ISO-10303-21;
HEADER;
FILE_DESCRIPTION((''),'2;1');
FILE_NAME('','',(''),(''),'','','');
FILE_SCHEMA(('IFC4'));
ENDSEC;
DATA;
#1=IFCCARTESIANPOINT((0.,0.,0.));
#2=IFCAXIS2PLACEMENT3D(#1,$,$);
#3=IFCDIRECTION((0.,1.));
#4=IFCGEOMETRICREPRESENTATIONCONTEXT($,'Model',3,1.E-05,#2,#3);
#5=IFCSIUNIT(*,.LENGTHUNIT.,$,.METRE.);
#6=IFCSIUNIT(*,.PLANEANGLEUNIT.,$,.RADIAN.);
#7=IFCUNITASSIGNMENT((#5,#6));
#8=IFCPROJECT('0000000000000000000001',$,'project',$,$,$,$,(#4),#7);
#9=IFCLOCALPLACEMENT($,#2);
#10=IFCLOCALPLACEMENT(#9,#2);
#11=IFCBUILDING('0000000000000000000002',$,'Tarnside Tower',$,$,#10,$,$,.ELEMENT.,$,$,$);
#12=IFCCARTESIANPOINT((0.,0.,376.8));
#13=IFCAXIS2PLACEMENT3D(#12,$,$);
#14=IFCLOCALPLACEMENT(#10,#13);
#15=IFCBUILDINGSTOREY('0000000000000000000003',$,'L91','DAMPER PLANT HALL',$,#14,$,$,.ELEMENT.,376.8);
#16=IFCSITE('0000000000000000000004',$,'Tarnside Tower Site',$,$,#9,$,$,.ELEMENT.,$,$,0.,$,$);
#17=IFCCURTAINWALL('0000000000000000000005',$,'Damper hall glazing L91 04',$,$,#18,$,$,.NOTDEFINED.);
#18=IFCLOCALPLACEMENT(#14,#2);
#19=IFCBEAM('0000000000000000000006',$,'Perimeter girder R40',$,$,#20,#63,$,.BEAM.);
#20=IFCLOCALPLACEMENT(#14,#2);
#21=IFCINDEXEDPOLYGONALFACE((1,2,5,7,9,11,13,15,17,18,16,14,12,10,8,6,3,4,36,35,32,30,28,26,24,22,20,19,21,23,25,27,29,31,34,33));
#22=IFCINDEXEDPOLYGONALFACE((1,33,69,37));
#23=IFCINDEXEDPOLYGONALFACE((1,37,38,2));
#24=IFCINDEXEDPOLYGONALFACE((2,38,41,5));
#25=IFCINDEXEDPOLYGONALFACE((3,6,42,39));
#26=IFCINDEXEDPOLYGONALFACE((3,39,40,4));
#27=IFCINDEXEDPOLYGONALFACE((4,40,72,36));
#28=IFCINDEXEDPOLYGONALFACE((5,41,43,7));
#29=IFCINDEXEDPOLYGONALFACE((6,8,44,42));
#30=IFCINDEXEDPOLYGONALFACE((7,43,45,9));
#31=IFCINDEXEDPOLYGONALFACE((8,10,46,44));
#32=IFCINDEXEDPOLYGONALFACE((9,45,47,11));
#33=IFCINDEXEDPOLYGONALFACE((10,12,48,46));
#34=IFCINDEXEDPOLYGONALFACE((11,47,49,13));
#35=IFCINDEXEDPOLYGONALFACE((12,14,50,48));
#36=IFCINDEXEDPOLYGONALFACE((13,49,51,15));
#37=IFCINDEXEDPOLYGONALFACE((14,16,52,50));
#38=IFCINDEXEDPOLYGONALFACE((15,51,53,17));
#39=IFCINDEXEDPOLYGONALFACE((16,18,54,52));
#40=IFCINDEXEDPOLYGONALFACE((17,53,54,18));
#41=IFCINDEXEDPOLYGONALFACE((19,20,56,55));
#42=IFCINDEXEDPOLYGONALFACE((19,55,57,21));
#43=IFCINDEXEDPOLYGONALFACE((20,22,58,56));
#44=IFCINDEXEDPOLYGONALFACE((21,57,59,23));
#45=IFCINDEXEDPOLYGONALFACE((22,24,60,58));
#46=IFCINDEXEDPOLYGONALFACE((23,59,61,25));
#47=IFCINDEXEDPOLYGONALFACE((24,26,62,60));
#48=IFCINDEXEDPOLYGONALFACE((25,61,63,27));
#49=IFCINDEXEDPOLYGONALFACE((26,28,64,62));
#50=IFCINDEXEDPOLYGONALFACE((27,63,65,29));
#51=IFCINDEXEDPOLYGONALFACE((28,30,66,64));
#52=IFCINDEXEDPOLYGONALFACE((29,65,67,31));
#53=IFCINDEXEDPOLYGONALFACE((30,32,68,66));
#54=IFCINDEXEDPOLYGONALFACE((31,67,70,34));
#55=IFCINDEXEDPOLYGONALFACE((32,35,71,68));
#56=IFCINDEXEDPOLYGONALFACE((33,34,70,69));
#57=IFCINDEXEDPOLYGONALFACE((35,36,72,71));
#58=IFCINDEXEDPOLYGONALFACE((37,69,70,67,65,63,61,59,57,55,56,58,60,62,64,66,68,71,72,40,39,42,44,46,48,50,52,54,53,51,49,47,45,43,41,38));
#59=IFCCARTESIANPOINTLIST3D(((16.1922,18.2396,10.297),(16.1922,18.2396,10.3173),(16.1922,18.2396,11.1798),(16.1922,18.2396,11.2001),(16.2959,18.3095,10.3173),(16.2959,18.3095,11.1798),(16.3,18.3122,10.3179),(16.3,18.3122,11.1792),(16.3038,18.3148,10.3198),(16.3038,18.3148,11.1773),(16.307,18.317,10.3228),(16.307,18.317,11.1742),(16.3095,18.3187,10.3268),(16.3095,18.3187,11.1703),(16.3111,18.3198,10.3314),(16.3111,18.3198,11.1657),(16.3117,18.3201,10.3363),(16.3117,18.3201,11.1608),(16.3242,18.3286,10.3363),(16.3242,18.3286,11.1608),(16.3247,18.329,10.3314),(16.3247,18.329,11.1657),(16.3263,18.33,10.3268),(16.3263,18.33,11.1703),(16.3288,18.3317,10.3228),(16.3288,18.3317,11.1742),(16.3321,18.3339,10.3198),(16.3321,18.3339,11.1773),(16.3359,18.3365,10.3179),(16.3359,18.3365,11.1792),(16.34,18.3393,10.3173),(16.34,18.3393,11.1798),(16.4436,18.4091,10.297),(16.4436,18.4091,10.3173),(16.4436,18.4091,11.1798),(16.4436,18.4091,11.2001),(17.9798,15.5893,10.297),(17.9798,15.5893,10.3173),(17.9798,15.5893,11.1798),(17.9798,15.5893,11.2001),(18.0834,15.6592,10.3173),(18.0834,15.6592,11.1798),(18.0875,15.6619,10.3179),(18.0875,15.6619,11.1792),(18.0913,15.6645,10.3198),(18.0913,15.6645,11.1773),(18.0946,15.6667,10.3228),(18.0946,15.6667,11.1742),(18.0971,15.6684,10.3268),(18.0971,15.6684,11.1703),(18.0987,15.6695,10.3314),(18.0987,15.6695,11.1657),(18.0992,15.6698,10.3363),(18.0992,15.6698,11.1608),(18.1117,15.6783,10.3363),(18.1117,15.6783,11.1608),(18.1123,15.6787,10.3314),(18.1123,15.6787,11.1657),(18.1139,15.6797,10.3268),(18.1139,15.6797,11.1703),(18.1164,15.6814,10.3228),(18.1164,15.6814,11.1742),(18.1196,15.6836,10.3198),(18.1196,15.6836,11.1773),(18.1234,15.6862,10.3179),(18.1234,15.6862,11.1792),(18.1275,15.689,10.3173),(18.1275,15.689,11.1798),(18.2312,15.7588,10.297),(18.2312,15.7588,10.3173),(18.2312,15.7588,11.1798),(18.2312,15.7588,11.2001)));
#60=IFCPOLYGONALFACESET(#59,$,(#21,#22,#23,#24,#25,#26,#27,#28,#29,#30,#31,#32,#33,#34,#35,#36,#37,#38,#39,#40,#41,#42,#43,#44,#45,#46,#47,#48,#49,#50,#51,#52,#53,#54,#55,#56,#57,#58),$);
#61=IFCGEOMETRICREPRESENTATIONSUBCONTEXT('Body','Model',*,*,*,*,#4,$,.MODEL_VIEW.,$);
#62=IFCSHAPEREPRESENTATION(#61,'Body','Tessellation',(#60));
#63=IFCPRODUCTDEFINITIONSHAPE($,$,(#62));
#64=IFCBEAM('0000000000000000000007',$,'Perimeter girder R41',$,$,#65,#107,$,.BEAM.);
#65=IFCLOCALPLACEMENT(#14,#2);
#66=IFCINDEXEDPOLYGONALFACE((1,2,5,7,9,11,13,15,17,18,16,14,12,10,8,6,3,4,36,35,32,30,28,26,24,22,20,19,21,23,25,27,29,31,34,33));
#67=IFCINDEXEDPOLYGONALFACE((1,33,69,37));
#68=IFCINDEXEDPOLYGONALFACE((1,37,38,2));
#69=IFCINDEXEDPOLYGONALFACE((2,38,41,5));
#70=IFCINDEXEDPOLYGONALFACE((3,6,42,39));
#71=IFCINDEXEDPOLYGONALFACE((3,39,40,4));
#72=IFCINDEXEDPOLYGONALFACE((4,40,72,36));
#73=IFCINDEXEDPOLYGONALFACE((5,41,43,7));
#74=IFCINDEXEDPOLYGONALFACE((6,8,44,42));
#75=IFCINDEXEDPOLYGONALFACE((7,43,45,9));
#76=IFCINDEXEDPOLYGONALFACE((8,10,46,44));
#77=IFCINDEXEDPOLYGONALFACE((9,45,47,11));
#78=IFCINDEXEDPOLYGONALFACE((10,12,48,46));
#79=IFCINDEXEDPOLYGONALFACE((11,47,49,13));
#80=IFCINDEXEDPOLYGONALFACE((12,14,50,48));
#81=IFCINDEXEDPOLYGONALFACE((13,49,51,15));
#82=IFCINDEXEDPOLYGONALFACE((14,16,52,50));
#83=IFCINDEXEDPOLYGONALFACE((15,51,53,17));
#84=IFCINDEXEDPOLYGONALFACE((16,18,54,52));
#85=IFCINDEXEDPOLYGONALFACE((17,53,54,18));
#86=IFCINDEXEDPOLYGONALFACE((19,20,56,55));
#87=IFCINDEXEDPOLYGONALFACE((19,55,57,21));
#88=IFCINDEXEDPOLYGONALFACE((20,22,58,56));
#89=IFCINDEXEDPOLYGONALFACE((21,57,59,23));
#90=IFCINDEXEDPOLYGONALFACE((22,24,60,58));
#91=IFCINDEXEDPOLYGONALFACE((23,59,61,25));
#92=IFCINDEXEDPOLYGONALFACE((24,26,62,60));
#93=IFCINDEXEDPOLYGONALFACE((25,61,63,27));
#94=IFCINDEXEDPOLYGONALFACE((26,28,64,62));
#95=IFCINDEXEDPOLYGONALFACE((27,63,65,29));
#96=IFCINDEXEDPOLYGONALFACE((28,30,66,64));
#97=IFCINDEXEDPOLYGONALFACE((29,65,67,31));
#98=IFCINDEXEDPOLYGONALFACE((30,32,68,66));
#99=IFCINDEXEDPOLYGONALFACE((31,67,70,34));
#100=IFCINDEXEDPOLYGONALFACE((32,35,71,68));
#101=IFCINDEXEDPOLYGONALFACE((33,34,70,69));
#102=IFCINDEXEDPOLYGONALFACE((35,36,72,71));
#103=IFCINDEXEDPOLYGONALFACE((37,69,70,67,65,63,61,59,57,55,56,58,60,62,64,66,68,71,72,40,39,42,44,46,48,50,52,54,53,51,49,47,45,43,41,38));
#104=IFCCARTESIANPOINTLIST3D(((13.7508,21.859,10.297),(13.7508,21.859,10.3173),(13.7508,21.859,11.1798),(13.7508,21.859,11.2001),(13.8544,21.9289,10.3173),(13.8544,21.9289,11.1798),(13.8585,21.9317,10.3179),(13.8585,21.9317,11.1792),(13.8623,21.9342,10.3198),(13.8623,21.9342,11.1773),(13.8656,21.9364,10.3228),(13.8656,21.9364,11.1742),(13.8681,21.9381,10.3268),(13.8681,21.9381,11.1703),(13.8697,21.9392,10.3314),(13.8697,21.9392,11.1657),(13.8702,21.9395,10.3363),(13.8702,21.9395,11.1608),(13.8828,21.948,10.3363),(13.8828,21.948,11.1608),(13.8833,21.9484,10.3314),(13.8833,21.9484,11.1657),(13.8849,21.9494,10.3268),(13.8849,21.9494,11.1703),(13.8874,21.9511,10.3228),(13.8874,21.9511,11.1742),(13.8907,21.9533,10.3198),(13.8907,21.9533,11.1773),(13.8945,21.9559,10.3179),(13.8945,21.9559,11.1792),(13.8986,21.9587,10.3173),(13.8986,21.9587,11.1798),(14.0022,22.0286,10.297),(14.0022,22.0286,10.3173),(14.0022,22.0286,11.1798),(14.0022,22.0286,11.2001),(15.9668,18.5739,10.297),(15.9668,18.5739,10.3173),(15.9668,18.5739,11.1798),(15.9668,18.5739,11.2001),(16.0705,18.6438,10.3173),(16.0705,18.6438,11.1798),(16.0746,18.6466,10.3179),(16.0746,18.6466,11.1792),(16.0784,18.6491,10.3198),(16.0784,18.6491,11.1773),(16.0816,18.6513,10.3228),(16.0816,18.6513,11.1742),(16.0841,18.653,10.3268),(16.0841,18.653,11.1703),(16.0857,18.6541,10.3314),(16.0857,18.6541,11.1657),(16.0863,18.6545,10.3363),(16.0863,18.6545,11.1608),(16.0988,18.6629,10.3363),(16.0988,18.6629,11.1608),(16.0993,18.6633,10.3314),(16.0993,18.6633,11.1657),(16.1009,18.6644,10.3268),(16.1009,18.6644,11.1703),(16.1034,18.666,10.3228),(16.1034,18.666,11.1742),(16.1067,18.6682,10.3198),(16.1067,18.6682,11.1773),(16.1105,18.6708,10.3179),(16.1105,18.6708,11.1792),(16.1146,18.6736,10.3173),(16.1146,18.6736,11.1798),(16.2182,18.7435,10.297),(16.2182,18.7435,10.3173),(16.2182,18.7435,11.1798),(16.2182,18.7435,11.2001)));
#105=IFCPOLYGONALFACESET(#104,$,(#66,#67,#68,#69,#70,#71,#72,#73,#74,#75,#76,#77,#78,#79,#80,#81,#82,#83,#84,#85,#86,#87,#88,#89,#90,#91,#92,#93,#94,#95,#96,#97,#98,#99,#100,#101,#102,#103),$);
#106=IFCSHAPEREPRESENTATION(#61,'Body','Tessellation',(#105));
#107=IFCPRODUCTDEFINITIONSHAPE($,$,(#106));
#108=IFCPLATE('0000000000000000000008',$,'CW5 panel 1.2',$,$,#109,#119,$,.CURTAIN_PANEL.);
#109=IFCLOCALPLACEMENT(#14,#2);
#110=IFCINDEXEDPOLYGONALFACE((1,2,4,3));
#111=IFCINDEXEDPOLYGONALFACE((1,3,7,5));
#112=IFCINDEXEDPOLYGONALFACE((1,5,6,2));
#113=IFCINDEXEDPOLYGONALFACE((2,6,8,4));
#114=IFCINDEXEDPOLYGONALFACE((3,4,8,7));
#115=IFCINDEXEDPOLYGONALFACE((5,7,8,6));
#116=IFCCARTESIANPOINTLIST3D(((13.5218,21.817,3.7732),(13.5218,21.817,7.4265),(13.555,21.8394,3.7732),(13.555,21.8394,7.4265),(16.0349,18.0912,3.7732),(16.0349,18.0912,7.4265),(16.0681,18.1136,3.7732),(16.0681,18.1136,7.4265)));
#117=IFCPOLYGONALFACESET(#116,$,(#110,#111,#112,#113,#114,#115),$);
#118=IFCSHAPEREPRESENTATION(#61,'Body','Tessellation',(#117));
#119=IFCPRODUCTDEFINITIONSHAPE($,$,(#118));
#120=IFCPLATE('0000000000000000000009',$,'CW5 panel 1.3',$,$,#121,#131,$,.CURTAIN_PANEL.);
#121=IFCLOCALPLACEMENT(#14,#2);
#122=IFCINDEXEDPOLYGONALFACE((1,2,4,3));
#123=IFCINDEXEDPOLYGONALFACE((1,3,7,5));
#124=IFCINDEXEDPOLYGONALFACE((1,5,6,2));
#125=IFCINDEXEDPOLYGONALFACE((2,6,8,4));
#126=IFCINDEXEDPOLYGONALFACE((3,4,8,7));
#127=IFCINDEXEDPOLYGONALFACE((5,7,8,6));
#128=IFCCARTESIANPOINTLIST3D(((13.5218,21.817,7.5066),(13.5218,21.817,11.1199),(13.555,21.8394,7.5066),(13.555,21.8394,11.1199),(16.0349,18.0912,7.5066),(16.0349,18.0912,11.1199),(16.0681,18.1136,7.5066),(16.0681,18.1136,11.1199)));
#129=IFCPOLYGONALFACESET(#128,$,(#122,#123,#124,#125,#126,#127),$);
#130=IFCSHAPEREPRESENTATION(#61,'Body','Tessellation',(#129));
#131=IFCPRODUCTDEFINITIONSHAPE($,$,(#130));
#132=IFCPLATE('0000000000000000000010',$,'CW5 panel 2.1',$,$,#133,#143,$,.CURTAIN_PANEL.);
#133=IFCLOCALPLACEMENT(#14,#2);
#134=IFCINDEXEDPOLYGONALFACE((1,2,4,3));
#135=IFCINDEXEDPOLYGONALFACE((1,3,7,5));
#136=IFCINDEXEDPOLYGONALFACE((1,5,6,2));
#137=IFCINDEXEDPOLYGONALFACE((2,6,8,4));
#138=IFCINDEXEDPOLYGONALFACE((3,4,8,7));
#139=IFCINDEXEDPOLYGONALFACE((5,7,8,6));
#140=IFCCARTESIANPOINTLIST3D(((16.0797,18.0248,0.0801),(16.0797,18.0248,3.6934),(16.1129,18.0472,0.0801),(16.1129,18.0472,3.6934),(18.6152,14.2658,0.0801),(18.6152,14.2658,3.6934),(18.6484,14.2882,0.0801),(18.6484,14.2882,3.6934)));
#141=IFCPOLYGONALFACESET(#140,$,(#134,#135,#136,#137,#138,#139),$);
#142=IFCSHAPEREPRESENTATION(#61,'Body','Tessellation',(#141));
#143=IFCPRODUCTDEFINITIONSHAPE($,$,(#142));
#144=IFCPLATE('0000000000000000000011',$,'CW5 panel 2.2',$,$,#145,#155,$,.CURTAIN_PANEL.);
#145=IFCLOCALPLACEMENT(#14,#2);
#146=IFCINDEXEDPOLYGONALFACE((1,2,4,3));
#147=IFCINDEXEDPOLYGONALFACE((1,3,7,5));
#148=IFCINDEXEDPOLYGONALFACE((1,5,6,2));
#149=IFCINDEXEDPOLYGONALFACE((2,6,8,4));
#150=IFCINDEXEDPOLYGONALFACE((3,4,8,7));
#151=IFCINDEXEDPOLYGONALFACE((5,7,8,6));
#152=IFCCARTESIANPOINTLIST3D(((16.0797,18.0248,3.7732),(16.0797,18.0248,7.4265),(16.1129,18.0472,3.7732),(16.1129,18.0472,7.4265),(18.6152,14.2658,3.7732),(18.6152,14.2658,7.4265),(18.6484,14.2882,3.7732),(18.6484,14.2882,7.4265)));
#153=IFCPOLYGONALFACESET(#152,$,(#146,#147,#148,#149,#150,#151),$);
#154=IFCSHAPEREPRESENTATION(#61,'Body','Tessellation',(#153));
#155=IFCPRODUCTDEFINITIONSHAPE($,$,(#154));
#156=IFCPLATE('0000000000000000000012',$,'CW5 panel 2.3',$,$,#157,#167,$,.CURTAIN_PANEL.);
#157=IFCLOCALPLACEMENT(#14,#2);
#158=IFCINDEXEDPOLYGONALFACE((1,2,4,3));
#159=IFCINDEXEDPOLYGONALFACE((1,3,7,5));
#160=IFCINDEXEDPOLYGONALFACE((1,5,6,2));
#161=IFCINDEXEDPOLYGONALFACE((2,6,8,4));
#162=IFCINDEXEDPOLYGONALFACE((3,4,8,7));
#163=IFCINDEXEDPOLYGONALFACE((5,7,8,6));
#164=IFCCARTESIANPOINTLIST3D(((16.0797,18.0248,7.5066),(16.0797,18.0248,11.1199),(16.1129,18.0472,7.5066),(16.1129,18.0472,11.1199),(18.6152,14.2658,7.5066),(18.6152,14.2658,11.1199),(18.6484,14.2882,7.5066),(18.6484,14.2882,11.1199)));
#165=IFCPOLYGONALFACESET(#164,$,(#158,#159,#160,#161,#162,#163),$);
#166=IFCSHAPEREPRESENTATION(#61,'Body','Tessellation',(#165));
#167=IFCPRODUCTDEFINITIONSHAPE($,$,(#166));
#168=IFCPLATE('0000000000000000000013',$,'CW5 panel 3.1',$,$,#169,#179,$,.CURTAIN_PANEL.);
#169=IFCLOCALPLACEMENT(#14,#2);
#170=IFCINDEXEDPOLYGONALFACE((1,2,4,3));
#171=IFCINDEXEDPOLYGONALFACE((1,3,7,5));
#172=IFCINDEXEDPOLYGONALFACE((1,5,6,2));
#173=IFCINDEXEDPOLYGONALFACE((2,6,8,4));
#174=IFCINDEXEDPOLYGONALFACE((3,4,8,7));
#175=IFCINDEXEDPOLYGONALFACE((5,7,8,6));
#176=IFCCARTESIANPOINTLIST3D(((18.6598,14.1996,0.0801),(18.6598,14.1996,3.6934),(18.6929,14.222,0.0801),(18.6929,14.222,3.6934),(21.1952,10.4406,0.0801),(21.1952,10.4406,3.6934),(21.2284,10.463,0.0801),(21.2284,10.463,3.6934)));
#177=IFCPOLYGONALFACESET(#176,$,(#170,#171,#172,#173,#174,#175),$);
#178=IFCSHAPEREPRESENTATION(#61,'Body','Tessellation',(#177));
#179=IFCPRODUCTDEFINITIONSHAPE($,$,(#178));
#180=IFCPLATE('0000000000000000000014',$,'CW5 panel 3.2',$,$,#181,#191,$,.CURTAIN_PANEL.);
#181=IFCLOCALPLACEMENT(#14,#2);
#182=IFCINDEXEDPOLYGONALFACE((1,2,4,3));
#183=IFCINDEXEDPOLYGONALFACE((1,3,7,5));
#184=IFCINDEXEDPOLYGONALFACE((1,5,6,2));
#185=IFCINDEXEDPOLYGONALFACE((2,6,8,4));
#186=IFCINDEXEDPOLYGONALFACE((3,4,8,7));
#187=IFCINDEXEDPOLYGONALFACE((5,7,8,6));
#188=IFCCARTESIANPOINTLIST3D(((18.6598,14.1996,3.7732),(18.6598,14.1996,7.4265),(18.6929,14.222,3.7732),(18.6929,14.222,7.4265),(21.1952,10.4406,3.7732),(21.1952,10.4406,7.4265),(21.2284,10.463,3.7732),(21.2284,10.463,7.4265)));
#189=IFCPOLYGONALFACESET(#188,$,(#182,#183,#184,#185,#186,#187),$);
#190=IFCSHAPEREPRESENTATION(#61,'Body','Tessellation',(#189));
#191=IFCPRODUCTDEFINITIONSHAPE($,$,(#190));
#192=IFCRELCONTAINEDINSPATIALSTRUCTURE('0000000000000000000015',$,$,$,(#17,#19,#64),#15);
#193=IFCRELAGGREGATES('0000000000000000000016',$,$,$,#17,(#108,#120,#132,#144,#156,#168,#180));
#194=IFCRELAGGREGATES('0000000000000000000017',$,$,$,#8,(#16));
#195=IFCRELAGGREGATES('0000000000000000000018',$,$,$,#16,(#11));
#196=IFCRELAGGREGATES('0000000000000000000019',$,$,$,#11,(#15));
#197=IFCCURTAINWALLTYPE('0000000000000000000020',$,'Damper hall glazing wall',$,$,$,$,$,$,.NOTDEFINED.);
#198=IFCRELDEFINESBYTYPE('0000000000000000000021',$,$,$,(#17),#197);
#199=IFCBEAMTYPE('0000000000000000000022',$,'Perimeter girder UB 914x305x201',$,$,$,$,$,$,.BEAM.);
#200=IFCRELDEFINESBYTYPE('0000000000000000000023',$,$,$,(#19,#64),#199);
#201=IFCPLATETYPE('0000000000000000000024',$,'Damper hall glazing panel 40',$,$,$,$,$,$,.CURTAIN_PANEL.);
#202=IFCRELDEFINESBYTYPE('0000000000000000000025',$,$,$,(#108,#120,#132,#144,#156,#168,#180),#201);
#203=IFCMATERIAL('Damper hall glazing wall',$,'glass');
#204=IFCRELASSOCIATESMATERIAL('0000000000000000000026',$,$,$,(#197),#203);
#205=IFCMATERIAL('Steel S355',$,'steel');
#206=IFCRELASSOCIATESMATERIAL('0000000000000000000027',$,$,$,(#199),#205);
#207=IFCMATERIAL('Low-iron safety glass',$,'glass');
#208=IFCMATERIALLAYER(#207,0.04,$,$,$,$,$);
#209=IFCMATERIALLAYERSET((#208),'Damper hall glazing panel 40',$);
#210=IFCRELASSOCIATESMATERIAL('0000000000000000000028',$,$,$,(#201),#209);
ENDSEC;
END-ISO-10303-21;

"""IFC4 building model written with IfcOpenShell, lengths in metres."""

from ifc_helpers import new_model, si_unit, direction, frame, origin, origin_2d, place, context, subcontext, project, spatial, rectangle, i_section, extrude, material, layer, layer_set, material_profile, profile_set, type_object, element, aggregate, save


model = new_model("IFC4")

# Units and contexts
model_context = context("Model", 3, precision=1e-05, world=origin(), true_north=direction((0.0, 1.0)))
body_context = subcontext(model_context, "Body", "Model", "MODEL_VIEW")
ifc_project = project(units=[si_unit("LENGTHUNIT", "METRE"), si_unit("PLANEANGLEUNIT", "RADIAN")], contexts=[model_context])

# Site, building, storey
site_placement = place(None, origin())
site = spatial("IfcSite", under=ifc_project, at=site_placement, Name="Tarnside Tower Site", CompositionType="ELEMENT", RefElevation=0.0)
building_placement = place(site_placement, origin())
building = spatial("IfcBuilding", under=site, at=building_placement, Name="Tarnside Tower", CompositionType="ELEMENT")
storey_placement = place(building_placement, frame((0.0, 0.0, 376.8)))
storey = spatial("IfcBuildingStorey", under=building, at=storey_placement, Name="L91", Description="DAMPER PLANT HALL", CompositionType="ELEMENT", Elevation=376.8)

# Shared definitions
ifc_material_1 = material(Name="Steel S355", Category="steel")

# Curtain wall
ifc_material_2 = material(Name="Damper hall glazing wall", Category="glass")
curtain_wall_type = type_object("IfcCurtainWallType", Name="Damper hall glazing wall", PredefinedType="NOTDEFINED", material=ifc_material_2)
curtain_wall_placement = place(storey_placement, origin())
curtain_wall = element("IfcCurtainWall", 1, at=curtain_wall_placement, inside=storey, type_object=curtain_wall_type, Name="Damper hall glazing L91 04", PredefinedType="NOTDEFINED")

# Beams
ifc_material_profile_1 = material_profile(ifc_material_1, i_section(OverallWidth=0.3032, OverallDepth=0.9031, WebThickness=0.0151, FlangeThickness=0.0203, FilletRadius=0.019, at=origin_2d()), Name="UB 914x305x201")
ifc_profile_set_1 = profile_set([ifc_material_profile_1], Name="Steel S355")
beam_type_1 = type_object("IfcBeamType", Name="Perimeter girder UB 914x305x201", PredefinedType="BEAM", material=ifc_profile_set_1)
beam_1_placement = place(storey_placement, frame((18.1055, 15.6741, 10.7485), z_axis=(-0.559169, 0.829054, 0.0), x_axis=(-0.829054, -0.559169, 0.0)))
element("IfcBeam", 2, at=beam_1_placement, inside=storey, type_object=beam_type_1, Name="Perimeter girder R40", PredefinedType="BEAM", context=body_context, shape_type="SweptSolid", body=[
    extrude(i_section(OverallWidth=0.3032, OverallDepth=0.9031, WebThickness=0.0151, FlangeThickness=0.0203, FilletRadius=0.019, at=origin_2d()), origin(), (0.0, 0.0, 1.0), 3.1968),
])
beam_2_placement = place(storey_placement, frame((16.0925, 18.6587, 10.7485), z_axis=(-0.559227, 0.829014, 0.0), x_axis=(-0.829014, -0.559227, 0.0)))
element("IfcBeam", 3, at=beam_2_placement, inside=storey, type_object=beam_type_1, Name="Perimeter girder R41", PredefinedType="BEAM", context=body_context, shape_type="SweptSolid", body=[
    extrude(i_section(OverallWidth=0.3032, OverallDepth=0.9031, WebThickness=0.0151, FlangeThickness=0.0203, FilletRadius=0.019, at=origin_2d()), origin(), (0.0, 0.0, 1.0), 3.9626),
])

# Plates
ifc_material_3 = material(Name="Low-iron safety glass", Category="glass")
ifc_layer = layer(ifc_material_3, 0.04)
ifc_layer_set = layer_set([ifc_layer], Name="Damper hall glazing panel 40")
plate_type = type_object("IfcPlateType", Name="Damper hall glazing panel 40", PredefinedType="CURTAIN_PANEL", material=ifc_layer_set)
plate_1_placement = place(storey_placement, frame((14.7949, 19.9653, 3.7732), z_axis=(0.0, 0.0, 1.0), x_axis=(0.559193, -0.829038, 0.0)))
plate_1 = element("IfcPlate", 4, at=plate_1_placement, type_object=plate_type, Name="CW5 panel 1.2", PredefinedType="CURTAIN_PANEL", context=body_context, shape_type="SweptSolid", body=[
    extrude(rectangle(XDim=4.4941, YDim=0.04, at=origin_2d()), origin(), (0.0, 0.0, 1.0), 3.6533),
])
plate_2_placement = place(storey_placement, frame((14.7949, 19.9653, 7.5066), z_axis=(0.0, 0.0, 1.0), x_axis=(0.559193, -0.829038, 0.0)))
plate_2 = element("IfcPlate", 5, at=plate_2_placement, type_object=plate_type, Name="CW5 panel 1.3", PredefinedType="CURTAIN_PANEL", context=body_context, shape_type="SweptSolid", body=[
    extrude(rectangle(XDim=4.4941, YDim=0.04, at=origin_2d()), origin(), (0.0, 0.0, 1.0), 3.6133),
])
plate_3_placement = place(storey_placement, frame((17.364, 16.1565, 0.0801), z_axis=(0.0, 0.0, 1.0), x_axis=(0.559193, -0.829038, 0.0)))
plate_3 = element("IfcPlate", 6, at=plate_3_placement, type_object=plate_type, Name="CW5 panel 2.1", PredefinedType="CURTAIN_PANEL", context=body_context, shape_type="SweptSolid", body=[
    extrude(rectangle(XDim=4.5342, YDim=0.04, at=origin_2d()), origin(), (0.0, 0.0, 1.0), 3.6133),
])
plate_4_placement = place(storey_placement, frame((17.364, 16.1565, 3.7732), z_axis=(0.0, 0.0, 1.0), x_axis=(0.559193, -0.829038, 0.0)))
plate_4 = element("IfcPlate", 7, at=plate_4_placement, type_object=plate_type, Name="CW5 panel 2.2", PredefinedType="CURTAIN_PANEL", context=body_context, shape_type="SweptSolid", body=[
    extrude(rectangle(XDim=4.5342, YDim=0.04, at=origin_2d()), origin(), (0.0, 0.0, 1.0), 3.6533),
])
plate_5_placement = place(storey_placement, frame((17.364, 16.1565, 7.5066), z_axis=(0.0, 0.0, 1.0), x_axis=(0.559193, -0.829038, 0.0)))
plate_5 = element("IfcPlate", 8, at=plate_5_placement, type_object=plate_type, Name="CW5 panel 2.3", PredefinedType="CURTAIN_PANEL", context=body_context, shape_type="SweptSolid", body=[
    extrude(rectangle(XDim=4.5342, YDim=0.04, at=origin_2d()), origin(), (0.0, 0.0, 1.0), 3.6133),
])
plate_6_placement = place(storey_placement, frame((19.9441, 12.3313, 0.0801), z_axis=(0.0, 0.0, 1.0), x_axis=(0.559193, -0.829038, 0.0)))
plate_6 = element("IfcPlate", 9, at=plate_6_placement, type_object=plate_type, Name="CW5 panel 3.1", PredefinedType="CURTAIN_PANEL", context=body_context, shape_type="SweptSolid", body=[
    extrude(rectangle(XDim=4.5342, YDim=0.04, at=origin_2d()), origin(), (0.0, 0.0, 1.0), 3.6133),
])
plate_7_placement = place(storey_placement, frame((19.9441, 12.3313, 3.7732), z_axis=(0.0, 0.0, 1.0), x_axis=(0.559193, -0.829038, 0.0)))
plate_7 = element("IfcPlate", 10, at=plate_7_placement, type_object=plate_type, Name="CW5 panel 3.2", PredefinedType="CURTAIN_PANEL", context=body_context, shape_type="SweptSolid", body=[
    extrude(rectangle(XDim=4.5342, YDim=0.04, at=origin_2d()), origin(), (0.0, 0.0, 1.0), 3.6533),
])
aggregate(curtain_wall, [plate_1, plate_2, plate_3, plate_4, plate_5, plate_6, plate_7])

save(model, "model.ifc")
